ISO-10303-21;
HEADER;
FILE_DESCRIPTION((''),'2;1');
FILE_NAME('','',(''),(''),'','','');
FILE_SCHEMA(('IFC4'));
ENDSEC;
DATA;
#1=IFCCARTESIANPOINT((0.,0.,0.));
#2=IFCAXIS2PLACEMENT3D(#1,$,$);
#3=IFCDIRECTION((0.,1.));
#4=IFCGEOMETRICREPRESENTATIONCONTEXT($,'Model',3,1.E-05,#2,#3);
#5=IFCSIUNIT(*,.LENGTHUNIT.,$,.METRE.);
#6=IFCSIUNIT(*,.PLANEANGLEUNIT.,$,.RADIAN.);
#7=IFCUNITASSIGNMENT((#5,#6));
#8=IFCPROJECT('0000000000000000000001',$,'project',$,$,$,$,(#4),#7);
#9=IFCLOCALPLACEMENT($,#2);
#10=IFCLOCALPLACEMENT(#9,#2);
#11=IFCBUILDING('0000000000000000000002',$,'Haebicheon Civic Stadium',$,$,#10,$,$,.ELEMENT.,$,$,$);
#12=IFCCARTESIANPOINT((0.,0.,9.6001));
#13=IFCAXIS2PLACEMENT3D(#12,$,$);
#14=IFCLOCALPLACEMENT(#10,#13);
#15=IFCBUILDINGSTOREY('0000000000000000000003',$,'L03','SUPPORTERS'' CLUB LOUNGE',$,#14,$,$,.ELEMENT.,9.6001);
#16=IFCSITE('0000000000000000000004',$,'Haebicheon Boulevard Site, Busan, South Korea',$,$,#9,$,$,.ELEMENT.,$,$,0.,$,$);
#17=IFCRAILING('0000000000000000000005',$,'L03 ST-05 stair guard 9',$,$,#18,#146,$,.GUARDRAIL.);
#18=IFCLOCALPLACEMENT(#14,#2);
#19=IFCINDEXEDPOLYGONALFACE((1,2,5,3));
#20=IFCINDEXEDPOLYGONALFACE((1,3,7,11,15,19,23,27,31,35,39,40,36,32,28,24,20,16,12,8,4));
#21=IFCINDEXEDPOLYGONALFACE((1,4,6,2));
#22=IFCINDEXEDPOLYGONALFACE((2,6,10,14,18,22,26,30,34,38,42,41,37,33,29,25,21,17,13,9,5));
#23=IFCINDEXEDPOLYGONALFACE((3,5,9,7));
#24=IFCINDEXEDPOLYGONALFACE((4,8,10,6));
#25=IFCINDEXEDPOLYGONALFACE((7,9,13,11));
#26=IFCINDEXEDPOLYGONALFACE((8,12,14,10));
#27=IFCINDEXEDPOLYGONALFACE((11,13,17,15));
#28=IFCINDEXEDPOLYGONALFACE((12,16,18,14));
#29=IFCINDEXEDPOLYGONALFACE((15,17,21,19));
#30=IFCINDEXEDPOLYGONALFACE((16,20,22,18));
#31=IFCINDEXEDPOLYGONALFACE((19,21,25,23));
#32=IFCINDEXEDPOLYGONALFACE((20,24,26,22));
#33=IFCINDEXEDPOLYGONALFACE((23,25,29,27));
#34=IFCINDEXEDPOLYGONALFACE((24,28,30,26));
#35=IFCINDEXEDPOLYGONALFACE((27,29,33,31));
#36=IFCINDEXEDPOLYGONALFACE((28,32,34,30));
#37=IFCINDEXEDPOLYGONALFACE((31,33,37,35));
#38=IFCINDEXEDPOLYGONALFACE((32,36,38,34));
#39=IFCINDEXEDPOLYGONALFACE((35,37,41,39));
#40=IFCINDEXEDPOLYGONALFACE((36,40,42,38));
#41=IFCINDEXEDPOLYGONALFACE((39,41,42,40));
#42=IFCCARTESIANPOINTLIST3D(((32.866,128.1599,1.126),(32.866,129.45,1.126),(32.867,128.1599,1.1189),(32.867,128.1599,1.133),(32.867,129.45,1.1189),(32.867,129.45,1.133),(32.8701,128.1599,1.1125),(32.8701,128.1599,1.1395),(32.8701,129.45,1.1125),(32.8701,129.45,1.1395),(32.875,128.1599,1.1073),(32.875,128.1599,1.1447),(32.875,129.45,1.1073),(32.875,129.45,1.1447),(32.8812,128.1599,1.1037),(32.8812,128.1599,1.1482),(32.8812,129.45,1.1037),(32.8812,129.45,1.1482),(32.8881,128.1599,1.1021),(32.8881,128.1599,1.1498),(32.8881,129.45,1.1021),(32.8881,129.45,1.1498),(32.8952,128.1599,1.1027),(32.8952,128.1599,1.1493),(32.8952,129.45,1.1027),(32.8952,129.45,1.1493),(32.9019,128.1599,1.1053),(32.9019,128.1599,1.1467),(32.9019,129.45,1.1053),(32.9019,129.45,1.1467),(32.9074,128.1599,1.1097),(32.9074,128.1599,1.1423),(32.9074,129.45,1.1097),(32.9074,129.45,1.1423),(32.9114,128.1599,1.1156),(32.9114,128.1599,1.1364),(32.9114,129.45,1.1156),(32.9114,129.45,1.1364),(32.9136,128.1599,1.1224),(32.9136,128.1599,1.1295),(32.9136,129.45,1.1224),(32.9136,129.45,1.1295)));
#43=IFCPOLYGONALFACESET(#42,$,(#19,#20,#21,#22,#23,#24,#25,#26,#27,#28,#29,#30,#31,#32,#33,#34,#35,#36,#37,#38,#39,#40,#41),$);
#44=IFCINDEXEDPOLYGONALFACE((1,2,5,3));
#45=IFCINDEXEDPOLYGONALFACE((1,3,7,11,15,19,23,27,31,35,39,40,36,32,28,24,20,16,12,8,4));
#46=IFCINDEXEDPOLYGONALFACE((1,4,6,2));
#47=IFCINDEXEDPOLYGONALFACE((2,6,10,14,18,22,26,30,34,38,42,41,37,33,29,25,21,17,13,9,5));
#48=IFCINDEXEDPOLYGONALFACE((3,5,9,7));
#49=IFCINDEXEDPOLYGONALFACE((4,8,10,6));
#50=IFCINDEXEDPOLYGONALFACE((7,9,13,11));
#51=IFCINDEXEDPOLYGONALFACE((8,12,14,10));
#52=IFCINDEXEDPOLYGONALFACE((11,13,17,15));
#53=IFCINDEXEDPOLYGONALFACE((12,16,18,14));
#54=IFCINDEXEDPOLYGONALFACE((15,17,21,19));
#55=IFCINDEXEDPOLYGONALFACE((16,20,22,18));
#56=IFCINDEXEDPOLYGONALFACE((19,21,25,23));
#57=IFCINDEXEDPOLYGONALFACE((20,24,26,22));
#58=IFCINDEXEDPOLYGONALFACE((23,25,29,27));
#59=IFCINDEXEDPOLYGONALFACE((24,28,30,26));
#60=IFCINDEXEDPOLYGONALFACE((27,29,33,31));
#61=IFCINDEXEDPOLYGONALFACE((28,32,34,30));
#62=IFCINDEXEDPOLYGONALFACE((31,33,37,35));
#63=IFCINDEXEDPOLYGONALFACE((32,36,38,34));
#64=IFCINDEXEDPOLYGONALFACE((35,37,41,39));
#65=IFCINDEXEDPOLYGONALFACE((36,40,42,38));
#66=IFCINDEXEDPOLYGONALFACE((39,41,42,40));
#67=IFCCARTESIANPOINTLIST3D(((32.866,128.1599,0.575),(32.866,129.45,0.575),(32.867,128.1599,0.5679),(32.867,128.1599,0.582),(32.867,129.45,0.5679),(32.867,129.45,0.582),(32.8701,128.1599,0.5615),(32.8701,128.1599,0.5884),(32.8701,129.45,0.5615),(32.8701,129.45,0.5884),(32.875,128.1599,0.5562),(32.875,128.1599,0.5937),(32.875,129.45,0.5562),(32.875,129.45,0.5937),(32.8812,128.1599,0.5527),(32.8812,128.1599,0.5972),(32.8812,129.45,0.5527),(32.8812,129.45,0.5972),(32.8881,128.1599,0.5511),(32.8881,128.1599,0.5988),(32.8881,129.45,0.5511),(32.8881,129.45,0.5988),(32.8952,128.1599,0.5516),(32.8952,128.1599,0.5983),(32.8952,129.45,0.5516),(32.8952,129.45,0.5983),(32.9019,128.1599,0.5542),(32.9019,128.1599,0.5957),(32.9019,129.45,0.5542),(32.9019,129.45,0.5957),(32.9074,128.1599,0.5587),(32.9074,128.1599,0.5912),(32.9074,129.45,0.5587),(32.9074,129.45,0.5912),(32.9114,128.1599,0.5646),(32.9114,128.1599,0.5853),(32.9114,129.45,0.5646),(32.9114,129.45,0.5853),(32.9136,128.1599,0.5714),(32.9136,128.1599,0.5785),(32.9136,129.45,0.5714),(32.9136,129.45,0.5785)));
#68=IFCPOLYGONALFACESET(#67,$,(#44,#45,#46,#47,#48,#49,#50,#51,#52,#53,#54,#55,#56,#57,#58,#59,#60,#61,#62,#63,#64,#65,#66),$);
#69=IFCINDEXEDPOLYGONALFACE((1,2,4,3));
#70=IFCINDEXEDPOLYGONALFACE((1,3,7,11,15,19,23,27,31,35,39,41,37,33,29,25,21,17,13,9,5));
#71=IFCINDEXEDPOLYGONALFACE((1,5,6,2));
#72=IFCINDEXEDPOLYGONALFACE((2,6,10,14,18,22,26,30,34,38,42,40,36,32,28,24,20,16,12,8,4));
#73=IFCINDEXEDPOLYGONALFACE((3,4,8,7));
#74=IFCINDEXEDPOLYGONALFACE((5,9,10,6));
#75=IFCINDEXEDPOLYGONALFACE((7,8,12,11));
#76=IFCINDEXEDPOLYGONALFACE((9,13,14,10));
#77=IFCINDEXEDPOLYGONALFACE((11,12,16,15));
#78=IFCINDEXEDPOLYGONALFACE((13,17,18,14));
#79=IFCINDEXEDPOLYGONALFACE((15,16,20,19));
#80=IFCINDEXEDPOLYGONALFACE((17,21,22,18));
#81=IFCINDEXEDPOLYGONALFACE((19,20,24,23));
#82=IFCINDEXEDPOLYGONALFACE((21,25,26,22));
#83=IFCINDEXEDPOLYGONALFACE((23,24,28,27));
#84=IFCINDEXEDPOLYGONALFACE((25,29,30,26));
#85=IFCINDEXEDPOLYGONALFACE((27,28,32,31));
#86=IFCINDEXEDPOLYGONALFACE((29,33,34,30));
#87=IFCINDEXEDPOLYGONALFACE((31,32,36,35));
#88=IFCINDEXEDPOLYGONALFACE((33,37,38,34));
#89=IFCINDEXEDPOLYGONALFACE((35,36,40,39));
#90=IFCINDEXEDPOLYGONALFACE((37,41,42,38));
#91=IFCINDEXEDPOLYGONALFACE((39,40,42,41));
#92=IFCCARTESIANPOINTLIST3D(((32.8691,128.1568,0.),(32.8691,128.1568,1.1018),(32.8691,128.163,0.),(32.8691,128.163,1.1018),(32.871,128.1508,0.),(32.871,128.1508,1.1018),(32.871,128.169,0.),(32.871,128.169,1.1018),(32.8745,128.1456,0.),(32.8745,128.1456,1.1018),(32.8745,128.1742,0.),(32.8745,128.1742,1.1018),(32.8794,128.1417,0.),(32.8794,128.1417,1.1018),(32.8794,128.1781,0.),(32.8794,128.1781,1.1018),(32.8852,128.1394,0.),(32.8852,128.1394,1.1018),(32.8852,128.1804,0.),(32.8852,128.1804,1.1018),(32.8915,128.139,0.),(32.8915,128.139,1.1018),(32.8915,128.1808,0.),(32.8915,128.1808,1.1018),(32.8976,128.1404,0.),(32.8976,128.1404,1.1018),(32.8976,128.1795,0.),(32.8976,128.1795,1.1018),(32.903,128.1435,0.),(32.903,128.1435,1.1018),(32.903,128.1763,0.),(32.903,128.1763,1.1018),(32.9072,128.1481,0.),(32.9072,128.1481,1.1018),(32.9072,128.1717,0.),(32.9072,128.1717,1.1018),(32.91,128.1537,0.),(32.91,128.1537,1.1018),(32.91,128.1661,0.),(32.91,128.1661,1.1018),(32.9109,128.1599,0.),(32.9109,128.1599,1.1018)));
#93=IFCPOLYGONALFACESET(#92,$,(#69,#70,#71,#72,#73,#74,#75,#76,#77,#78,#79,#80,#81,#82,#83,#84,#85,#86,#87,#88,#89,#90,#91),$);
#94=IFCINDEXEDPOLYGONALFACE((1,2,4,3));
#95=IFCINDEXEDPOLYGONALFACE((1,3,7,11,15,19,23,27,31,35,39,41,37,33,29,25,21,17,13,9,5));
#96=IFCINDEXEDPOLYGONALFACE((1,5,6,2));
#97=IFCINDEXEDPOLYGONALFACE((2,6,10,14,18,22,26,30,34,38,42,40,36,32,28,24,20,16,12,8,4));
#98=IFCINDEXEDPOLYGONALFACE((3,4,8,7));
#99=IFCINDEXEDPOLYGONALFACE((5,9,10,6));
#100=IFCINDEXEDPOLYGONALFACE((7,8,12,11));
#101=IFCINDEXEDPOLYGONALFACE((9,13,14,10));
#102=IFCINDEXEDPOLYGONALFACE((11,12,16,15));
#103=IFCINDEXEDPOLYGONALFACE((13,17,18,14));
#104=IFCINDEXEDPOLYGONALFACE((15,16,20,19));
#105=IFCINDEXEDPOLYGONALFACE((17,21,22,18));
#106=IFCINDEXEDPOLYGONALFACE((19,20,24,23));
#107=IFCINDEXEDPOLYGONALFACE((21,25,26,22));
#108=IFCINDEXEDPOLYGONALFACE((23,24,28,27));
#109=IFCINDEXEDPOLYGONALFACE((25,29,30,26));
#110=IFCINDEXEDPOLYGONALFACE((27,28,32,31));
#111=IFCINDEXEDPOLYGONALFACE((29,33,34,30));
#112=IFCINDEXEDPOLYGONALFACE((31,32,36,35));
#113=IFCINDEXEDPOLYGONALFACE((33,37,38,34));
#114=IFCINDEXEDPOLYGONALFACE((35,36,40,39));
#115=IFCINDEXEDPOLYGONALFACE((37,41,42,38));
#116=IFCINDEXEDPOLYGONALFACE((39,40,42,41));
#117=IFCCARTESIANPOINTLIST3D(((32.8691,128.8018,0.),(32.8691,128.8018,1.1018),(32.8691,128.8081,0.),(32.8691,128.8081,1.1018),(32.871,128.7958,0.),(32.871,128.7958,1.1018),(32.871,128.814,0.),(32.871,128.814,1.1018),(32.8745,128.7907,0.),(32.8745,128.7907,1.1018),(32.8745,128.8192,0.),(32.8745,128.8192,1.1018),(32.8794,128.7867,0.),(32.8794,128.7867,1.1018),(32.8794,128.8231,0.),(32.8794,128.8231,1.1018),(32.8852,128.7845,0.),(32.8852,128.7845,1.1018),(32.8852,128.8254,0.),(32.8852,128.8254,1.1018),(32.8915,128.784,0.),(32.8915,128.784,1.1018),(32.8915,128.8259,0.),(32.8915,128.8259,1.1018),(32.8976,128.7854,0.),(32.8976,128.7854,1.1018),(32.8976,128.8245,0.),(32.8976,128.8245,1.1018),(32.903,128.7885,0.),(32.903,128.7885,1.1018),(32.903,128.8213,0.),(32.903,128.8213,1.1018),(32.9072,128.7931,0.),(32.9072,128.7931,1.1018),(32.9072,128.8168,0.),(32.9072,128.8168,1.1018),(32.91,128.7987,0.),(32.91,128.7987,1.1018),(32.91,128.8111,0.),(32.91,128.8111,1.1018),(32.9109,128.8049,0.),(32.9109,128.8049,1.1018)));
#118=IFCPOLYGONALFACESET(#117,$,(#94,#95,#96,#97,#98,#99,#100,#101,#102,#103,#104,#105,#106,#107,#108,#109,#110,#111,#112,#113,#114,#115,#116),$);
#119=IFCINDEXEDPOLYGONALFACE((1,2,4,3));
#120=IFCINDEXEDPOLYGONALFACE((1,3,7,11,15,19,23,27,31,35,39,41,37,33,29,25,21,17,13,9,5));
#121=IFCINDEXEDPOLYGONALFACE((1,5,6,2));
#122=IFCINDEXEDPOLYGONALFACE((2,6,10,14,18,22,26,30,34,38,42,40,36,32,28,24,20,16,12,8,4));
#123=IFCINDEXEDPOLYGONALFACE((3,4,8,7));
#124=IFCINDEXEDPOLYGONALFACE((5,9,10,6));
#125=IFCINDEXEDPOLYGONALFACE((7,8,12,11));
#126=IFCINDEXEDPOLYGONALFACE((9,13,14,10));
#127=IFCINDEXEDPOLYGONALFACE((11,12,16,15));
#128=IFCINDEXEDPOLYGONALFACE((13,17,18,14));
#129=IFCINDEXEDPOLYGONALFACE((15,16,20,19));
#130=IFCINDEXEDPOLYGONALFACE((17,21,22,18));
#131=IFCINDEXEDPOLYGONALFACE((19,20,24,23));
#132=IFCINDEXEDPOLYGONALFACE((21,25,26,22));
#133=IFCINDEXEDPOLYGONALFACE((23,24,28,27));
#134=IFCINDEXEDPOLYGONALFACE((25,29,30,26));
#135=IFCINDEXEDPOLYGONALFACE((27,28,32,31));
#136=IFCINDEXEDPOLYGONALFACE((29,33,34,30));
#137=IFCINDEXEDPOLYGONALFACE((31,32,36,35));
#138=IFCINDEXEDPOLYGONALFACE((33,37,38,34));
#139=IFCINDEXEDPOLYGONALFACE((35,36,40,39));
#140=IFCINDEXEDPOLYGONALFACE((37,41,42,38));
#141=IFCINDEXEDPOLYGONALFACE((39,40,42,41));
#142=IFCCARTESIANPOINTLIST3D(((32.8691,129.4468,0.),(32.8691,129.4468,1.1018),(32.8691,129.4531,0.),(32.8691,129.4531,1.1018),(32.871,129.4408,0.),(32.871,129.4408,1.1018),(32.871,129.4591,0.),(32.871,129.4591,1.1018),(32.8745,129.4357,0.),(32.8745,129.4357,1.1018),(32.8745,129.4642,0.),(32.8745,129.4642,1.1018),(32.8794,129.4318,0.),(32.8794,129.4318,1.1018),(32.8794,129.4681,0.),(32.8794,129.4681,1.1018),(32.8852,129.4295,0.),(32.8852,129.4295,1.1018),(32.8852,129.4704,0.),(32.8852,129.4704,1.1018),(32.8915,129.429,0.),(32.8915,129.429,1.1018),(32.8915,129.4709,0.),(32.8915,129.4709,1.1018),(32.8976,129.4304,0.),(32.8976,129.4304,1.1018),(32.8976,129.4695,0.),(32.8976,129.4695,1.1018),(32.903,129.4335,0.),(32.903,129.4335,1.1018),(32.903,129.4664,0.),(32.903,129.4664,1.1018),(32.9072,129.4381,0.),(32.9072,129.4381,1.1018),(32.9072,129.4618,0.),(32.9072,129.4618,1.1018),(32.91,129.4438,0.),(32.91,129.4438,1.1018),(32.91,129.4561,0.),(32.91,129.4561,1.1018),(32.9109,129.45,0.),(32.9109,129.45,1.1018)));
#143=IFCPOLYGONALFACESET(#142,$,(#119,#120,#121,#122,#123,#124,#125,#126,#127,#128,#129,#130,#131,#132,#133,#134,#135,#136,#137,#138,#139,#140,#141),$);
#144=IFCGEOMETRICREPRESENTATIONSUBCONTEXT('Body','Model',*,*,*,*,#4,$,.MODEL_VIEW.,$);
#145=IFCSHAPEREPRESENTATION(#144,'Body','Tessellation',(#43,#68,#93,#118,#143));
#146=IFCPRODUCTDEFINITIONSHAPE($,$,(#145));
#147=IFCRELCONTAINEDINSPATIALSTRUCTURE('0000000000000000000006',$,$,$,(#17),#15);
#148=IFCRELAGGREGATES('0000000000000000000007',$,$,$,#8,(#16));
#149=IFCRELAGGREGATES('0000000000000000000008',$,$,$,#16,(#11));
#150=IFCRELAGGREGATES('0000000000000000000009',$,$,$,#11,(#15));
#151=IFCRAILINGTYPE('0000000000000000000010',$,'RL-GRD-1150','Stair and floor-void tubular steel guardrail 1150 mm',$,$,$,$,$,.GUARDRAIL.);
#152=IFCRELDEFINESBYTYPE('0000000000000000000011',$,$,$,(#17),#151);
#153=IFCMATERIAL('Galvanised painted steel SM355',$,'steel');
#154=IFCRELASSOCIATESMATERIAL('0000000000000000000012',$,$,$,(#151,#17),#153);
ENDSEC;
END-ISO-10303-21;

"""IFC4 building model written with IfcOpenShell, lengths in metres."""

from ifc_helpers import new_model, si_unit, direction, frame, origin, origin_2d, place, context, subcontext, project, spatial, circle, extrude, material, type_object, element, save


model = new_model("IFC4")

# Units and contexts
model_context = context("Model", 3, precision=1e-05, world=origin(), true_north=direction((0.0, 1.0)))
body_context = subcontext(model_context, "Body", "Model", "MODEL_VIEW")
ifc_project = project(units=[si_unit("LENGTHUNIT", "METRE"), si_unit("PLANEANGLEUNIT", "RADIAN")], contexts=[model_context])

# Site, building, storey
site_placement = place(None, origin())
site = spatial("IfcSite", under=ifc_project, at=site_placement, Name="Haebicheon Boulevard Site, Busan, South Korea", CompositionType="ELEMENT", RefElevation=0.0)
building_placement = place(site_placement, origin())
building = spatial("IfcBuilding", under=site, at=building_placement, Name="Haebicheon Civic Stadium", CompositionType="ELEMENT")
storey_placement = place(building_placement, frame((0.0, 0.0, 9.6001)))
storey = spatial("IfcBuildingStorey", under=building, at=storey_placement, Name="L03", Description="SUPPORTERS' CLUB LOUNGE", CompositionType="ELEMENT", Elevation=9.6001)

# Railing
ifc_material_1 = material(Name="Galvanised painted steel SM355", Category="steel")
railing_type_1 = type_object("IfcRailingType", Name="RL-GRD-1150", Description="Stair and floor-void tubular steel guardrail 1150 mm", PredefinedType="GUARDRAIL", material=ifc_material_1)
for number, where, name in (
    (1, (32.8899, 128.1599, 0.0), "L03 ST-05 stair guard 9"),
):
    element("IfcRailing", number, at=place(storey_placement, frame(where)), inside=storey, type_object=railing_type_1, material=ifc_material_1, Name=name, PredefinedType="GUARDRAIL", context=body_context, shape_type="SweptSolid", body=[
        extrude(circle(Radius=0.0239, at=origin_2d()), frame((0.0, 0.0, 1.126), z_axis=(0.0, 1.0, 0.0), x_axis=(-1.0, 0.0, 0.0)), (0.0, 0.0, 1.0), 1.29),
        extrude(circle(Radius=0.0239, at=origin_2d()), frame((0.0, 0.0, 0.575), z_axis=(0.0, 1.0, 0.0), x_axis=(-1.0, 0.0, 0.0)), (0.0, 0.0, 1.0), 1.29),
        extrude(circle(Radius=0.021, at=origin_2d()), origin(), (0.0, 0.0, 1.0), 1.1018),
        extrude(circle(Radius=0.021, at=origin_2d()), frame((0.0, 0.645, 0.0)), (0.0, 0.0, 1.0), 1.1018),
        extrude(circle(Radius=0.021, at=origin_2d()), frame((0.0, 1.29, 0.0)), (0.0, 0.0, 1.0), 1.1018),
    ])

save(model, "model.ifc")
